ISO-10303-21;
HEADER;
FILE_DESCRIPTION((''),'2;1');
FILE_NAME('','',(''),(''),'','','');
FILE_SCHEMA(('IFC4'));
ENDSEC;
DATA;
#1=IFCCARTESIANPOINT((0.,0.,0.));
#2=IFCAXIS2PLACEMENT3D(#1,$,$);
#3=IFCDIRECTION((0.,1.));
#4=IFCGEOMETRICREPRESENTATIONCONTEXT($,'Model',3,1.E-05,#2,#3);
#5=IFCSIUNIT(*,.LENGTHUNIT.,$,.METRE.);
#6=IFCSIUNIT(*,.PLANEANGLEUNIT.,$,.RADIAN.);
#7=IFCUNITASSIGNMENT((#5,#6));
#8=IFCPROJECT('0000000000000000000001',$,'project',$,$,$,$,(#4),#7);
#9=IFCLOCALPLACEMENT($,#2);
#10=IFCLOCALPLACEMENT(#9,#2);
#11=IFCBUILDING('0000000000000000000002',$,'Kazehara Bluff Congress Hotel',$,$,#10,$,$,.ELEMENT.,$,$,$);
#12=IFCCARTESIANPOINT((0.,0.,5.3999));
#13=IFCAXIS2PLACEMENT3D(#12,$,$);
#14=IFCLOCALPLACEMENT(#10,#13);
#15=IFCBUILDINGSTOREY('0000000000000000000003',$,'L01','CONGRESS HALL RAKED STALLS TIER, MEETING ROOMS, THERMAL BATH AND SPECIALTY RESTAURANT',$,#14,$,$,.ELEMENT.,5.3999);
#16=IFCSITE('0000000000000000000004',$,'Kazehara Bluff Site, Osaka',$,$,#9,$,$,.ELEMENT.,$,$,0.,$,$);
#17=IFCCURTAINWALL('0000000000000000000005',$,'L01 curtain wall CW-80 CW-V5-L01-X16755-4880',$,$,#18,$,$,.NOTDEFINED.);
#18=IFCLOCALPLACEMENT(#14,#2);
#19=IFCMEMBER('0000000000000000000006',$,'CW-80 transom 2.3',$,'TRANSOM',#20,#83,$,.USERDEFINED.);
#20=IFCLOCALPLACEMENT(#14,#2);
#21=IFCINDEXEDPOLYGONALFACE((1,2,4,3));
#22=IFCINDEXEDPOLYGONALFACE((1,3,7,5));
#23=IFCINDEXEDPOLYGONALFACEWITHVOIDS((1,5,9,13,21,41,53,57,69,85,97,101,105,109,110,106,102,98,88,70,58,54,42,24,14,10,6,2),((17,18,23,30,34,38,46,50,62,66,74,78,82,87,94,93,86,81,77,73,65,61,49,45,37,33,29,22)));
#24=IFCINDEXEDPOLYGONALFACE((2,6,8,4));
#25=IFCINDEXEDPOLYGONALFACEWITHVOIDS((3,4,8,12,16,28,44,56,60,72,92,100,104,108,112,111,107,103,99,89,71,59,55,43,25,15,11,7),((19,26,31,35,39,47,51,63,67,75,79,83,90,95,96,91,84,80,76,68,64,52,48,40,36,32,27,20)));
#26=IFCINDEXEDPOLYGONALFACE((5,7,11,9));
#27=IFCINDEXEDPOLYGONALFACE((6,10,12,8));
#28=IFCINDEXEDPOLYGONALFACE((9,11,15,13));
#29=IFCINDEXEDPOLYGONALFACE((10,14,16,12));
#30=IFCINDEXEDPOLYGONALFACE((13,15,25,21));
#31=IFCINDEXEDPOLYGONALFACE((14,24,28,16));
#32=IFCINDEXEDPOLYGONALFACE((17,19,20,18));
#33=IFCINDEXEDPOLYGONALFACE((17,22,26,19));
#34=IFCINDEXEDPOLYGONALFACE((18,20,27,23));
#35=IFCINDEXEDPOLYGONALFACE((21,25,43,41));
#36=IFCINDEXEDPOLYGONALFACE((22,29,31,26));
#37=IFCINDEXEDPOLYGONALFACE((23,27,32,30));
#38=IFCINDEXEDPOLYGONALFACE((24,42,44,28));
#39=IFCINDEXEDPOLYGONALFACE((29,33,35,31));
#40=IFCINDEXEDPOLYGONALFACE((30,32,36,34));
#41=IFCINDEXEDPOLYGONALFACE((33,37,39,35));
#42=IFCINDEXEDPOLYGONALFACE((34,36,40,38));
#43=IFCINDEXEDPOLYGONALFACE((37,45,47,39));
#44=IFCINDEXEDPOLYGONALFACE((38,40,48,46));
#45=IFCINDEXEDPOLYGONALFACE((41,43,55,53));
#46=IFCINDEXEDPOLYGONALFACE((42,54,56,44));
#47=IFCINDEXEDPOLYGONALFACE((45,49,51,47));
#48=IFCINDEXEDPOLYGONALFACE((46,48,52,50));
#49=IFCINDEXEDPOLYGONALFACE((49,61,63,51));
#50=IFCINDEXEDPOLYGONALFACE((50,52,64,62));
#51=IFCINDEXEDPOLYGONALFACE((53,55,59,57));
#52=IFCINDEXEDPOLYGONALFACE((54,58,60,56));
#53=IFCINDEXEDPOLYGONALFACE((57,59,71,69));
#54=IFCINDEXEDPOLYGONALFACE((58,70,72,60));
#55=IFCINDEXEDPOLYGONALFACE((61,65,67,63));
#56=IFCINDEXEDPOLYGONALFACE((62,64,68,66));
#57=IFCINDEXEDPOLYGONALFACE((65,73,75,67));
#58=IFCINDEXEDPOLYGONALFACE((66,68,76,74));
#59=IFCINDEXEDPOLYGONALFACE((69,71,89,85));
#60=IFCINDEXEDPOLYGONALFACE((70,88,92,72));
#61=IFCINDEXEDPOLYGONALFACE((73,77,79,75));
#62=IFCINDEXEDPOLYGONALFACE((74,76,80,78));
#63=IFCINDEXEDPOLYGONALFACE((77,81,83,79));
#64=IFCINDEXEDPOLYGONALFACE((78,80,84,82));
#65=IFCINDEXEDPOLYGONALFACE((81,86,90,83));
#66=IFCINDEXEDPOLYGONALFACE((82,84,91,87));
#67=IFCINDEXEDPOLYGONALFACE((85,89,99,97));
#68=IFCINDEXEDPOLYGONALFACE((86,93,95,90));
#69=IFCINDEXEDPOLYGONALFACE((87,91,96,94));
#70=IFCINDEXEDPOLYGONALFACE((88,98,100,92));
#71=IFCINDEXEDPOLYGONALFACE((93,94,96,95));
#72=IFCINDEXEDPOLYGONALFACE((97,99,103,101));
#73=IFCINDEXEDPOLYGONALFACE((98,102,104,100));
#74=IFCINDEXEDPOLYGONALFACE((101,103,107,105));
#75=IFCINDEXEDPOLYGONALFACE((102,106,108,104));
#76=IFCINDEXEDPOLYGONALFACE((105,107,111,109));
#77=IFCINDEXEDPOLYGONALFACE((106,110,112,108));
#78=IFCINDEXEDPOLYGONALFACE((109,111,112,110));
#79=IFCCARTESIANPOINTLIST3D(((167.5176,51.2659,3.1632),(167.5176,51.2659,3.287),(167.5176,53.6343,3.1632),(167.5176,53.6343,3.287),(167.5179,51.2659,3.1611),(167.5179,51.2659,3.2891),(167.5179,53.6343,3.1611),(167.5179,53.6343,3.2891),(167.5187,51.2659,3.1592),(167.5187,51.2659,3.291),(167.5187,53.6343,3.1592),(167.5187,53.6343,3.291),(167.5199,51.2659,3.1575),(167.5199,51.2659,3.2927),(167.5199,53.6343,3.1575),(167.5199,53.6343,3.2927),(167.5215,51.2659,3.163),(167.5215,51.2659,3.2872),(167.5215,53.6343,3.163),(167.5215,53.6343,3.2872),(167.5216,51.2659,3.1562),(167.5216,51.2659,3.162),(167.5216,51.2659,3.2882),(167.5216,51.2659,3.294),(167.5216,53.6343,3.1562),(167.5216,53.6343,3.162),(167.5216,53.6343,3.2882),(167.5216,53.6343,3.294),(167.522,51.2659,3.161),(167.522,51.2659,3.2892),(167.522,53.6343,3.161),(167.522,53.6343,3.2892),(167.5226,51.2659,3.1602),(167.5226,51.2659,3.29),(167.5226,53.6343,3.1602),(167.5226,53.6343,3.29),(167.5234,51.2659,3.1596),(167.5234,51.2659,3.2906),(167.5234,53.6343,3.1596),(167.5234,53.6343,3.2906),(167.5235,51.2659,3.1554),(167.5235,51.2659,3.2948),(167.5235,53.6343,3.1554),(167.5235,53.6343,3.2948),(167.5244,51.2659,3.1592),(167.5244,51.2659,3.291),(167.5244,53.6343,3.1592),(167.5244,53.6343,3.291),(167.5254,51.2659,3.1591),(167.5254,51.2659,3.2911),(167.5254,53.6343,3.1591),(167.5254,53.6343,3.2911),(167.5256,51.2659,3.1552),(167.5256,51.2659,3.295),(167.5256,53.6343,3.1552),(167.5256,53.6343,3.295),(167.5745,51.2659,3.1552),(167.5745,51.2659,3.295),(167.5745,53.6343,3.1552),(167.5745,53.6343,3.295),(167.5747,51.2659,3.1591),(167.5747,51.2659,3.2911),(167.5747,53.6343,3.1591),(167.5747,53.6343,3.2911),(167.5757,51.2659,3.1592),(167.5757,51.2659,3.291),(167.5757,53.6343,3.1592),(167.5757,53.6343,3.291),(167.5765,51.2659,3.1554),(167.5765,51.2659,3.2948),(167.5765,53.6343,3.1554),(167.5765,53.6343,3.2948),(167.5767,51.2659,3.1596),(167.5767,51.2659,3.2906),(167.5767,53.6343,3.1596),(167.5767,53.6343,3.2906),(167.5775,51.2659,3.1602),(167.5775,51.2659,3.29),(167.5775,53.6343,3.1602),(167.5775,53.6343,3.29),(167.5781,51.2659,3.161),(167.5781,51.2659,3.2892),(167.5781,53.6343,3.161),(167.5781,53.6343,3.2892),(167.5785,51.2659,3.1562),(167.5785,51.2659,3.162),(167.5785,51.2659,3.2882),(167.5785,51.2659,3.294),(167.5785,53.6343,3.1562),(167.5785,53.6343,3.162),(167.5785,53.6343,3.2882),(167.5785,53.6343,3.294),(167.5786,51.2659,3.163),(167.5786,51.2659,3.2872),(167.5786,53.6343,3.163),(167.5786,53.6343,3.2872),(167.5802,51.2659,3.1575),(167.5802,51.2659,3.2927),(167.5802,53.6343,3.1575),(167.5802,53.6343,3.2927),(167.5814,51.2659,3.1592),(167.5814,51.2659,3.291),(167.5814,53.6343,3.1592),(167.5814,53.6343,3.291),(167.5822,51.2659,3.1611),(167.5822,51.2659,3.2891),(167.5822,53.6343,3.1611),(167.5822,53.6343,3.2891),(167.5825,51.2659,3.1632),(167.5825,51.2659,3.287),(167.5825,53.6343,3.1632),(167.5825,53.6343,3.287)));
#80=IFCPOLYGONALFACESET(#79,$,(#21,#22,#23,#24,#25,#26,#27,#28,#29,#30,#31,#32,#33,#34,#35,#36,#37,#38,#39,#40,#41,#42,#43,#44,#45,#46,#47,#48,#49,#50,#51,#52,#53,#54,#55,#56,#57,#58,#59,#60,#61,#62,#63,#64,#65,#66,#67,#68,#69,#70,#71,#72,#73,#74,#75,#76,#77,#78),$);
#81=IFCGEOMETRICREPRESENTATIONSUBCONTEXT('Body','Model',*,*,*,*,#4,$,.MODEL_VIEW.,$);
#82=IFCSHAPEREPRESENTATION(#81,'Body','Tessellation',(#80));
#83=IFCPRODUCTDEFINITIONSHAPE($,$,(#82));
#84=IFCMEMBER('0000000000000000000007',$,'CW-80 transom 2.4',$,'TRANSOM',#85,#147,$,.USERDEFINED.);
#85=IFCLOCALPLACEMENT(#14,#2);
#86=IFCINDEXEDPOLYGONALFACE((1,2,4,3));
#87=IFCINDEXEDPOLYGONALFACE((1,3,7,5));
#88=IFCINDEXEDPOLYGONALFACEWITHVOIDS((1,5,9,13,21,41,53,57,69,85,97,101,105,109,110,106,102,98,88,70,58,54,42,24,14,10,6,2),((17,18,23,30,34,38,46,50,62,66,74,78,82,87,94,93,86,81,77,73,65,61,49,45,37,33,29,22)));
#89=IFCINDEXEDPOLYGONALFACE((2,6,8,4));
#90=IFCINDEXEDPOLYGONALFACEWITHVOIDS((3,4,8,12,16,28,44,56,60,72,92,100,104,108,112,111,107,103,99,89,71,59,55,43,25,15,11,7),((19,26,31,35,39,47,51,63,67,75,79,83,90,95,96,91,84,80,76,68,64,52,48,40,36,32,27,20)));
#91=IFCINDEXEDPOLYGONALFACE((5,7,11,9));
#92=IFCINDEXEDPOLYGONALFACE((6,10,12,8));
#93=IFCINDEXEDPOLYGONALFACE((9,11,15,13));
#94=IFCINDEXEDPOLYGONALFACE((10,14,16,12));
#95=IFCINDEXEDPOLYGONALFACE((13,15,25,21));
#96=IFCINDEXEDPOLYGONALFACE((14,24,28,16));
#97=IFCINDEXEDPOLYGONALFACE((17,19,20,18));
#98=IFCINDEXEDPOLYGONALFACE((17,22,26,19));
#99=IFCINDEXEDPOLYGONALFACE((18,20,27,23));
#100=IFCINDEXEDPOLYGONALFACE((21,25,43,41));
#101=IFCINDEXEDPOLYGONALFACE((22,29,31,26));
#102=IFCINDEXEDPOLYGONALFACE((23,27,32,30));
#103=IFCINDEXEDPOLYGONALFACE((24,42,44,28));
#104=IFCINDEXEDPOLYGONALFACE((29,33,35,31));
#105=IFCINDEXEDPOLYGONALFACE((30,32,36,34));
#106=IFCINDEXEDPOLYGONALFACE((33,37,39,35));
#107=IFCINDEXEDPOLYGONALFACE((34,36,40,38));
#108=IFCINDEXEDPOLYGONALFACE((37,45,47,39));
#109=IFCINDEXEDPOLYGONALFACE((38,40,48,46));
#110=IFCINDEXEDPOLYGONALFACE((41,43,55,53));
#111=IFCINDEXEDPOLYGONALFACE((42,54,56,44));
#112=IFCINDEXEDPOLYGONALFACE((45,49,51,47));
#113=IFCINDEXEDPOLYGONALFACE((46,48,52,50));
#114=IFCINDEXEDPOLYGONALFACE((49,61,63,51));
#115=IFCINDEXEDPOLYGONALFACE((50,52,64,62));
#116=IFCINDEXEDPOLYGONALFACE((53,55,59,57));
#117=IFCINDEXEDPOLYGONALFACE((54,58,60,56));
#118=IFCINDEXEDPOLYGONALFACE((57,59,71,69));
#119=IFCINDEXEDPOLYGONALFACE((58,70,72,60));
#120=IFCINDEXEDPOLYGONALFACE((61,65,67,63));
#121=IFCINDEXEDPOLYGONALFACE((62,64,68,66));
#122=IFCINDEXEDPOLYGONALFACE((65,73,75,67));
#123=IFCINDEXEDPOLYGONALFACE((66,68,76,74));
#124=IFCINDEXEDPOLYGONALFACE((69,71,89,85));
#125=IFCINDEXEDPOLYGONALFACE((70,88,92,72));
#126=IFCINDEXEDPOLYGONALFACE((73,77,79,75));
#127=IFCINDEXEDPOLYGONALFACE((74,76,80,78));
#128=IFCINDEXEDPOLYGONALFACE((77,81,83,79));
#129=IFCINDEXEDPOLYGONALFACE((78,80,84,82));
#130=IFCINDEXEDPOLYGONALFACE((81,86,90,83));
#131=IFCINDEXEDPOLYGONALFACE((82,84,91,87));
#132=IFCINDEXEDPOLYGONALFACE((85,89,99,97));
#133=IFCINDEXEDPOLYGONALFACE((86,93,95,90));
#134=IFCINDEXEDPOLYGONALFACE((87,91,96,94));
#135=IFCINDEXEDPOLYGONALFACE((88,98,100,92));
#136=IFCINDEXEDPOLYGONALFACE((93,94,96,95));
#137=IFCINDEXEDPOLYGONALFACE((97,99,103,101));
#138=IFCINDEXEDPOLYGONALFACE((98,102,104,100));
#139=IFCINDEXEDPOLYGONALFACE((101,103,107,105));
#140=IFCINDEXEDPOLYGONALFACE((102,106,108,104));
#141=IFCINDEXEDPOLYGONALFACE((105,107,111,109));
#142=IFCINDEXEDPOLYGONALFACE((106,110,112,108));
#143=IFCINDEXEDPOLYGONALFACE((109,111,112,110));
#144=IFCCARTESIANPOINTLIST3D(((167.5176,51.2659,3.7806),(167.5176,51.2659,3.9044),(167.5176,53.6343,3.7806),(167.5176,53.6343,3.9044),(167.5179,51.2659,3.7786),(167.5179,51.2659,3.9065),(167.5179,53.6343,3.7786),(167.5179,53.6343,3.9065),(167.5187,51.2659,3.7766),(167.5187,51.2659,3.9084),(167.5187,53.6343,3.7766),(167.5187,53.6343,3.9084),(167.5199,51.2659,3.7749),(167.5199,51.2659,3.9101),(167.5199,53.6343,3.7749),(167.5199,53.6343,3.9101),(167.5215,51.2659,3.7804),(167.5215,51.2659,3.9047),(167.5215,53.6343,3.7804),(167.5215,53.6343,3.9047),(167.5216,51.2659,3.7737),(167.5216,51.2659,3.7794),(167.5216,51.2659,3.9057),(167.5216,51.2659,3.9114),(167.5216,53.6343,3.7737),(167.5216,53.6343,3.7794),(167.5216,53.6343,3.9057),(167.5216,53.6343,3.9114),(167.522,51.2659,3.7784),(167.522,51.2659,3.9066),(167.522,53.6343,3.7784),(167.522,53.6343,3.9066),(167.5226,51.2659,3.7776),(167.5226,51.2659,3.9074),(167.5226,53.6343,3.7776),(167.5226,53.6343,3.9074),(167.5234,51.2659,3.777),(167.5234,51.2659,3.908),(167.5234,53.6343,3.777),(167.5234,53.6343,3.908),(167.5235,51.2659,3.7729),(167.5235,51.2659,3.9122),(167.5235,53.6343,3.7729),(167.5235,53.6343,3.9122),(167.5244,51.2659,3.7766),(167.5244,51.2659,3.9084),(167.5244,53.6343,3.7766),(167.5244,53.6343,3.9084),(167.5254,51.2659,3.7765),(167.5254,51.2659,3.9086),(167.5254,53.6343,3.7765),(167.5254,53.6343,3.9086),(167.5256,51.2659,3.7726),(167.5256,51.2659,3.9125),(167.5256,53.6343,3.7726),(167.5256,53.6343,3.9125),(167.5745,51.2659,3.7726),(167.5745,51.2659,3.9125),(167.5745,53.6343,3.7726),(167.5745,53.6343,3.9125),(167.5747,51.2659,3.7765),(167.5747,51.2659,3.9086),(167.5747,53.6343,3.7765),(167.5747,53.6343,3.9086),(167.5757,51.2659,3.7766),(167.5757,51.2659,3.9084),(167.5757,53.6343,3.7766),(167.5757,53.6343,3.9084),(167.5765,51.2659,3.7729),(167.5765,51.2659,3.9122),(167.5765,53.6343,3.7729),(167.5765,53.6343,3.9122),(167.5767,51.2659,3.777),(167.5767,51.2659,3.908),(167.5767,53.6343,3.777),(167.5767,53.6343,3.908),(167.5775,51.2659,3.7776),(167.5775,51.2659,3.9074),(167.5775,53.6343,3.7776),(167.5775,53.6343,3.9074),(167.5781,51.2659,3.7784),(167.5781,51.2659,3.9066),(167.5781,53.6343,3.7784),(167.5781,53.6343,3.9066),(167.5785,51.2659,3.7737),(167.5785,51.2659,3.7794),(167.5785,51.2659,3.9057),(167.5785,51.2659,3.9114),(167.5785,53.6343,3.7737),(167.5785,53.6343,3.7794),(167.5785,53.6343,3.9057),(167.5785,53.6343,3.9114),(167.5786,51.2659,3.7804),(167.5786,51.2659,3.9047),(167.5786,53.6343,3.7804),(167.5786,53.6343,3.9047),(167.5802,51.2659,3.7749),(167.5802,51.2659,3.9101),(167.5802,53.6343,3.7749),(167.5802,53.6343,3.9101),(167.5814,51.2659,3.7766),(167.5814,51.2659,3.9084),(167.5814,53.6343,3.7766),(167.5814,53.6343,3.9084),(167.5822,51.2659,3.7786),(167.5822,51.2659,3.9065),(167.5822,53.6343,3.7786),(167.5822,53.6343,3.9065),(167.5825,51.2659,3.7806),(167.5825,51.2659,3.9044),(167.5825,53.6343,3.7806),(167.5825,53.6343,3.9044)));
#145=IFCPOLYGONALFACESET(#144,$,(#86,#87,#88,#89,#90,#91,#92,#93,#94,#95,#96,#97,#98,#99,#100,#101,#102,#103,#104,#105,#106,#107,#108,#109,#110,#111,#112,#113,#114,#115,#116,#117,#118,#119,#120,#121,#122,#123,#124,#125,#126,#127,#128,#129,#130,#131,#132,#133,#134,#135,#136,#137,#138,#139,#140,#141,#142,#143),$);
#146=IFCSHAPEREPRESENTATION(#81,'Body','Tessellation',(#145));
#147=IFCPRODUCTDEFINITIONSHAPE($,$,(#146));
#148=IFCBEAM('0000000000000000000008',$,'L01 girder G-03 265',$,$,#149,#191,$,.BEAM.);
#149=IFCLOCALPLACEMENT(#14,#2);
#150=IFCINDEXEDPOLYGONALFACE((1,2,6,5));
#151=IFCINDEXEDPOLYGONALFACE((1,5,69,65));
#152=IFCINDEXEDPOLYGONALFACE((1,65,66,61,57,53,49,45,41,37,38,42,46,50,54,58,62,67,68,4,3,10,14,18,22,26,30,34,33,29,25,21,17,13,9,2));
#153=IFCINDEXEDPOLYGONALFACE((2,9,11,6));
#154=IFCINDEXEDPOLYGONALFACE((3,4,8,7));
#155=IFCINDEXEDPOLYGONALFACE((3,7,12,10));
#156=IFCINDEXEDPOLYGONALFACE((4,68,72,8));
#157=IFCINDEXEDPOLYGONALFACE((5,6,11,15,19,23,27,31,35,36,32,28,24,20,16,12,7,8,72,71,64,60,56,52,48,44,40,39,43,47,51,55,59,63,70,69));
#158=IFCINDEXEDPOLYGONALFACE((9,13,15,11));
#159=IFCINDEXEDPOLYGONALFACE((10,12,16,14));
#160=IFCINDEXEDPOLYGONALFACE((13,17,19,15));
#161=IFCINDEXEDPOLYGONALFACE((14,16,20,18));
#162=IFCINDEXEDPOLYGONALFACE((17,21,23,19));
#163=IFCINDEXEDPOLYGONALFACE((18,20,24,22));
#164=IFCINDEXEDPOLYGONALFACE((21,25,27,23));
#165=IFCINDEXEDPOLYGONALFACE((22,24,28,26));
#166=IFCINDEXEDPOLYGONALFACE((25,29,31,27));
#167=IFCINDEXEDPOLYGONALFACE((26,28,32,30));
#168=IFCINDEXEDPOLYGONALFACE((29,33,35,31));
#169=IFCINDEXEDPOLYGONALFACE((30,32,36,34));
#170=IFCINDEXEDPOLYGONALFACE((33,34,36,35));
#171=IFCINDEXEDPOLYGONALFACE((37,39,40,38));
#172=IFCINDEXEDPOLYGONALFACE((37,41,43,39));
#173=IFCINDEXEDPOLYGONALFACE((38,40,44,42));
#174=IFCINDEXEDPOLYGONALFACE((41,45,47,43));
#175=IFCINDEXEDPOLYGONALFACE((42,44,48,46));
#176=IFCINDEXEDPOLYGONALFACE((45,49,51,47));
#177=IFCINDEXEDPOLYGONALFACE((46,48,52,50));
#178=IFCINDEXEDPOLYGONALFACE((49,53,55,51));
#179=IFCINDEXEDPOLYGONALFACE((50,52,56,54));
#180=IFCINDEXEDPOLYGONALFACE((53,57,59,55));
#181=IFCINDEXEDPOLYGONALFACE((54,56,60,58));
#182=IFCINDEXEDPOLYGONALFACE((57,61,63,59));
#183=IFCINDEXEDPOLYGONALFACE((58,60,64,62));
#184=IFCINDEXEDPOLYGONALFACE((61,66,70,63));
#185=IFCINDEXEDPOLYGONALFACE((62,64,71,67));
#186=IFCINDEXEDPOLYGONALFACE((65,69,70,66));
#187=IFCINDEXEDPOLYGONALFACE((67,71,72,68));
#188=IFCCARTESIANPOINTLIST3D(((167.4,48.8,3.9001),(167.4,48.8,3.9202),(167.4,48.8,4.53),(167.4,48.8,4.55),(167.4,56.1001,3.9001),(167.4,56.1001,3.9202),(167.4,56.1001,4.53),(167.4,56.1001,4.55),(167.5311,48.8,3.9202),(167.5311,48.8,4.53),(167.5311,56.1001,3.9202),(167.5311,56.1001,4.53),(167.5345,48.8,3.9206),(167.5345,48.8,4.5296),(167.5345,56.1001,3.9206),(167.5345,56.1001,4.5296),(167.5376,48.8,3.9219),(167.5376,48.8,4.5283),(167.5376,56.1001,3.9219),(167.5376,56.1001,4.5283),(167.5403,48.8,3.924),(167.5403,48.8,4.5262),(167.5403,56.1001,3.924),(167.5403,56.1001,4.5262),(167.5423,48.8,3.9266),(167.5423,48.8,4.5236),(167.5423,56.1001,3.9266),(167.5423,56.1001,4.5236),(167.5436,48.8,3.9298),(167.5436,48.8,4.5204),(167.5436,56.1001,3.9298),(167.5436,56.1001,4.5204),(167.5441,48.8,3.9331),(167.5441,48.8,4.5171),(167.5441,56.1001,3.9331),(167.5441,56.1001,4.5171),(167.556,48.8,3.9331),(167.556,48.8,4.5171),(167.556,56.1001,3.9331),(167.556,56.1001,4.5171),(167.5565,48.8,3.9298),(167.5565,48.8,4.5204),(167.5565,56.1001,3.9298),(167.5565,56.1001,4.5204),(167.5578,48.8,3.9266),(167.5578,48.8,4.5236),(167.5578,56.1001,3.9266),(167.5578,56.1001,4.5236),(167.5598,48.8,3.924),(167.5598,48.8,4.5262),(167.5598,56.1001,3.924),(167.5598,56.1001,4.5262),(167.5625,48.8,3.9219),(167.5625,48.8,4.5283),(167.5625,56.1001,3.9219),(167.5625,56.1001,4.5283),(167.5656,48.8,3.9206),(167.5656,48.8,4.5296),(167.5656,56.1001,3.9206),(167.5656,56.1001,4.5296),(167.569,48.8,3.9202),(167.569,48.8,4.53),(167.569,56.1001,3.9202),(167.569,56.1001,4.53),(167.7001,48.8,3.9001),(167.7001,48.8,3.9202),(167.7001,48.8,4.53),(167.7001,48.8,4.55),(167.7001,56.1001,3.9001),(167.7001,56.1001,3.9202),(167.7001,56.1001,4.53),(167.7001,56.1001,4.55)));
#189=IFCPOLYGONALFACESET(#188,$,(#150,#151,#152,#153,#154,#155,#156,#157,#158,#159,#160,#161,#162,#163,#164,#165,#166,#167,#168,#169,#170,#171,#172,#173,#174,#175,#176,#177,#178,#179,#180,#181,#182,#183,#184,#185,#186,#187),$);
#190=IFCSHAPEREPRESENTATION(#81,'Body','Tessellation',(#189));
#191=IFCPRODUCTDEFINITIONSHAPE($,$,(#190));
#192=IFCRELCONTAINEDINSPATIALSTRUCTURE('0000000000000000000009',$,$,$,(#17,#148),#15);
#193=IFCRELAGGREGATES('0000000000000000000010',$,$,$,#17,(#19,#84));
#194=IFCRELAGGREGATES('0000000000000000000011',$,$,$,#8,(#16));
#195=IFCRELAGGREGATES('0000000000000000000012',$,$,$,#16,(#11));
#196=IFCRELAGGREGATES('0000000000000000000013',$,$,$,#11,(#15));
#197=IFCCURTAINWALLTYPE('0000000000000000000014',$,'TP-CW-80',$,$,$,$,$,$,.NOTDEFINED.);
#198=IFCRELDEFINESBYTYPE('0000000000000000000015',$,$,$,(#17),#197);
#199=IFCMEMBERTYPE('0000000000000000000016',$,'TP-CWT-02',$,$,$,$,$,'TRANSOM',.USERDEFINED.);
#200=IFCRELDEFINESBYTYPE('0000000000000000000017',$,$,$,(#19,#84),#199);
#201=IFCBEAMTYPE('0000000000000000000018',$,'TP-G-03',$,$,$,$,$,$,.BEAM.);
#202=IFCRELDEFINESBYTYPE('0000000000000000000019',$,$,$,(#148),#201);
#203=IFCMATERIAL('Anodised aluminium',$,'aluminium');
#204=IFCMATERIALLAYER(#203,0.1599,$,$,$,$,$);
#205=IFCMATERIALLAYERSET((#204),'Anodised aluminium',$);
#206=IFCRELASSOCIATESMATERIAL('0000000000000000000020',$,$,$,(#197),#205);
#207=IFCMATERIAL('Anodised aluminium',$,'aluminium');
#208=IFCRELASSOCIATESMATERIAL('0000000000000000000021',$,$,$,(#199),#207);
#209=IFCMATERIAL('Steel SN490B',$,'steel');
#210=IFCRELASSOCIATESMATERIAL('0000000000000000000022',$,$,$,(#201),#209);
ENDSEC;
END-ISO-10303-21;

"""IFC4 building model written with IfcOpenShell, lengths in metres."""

from ifc_helpers import new_model, si_unit, direction, frame, origin, origin_2d, place, context, subcontext, project, spatial, hollow_rectangle, i_section, extrude, material, layer, layer_set, material_profile, profile_set, type_object, element, aggregate, save


model = new_model("IFC4")

# Units and contexts
model_context = context("Model", 3, precision=1e-05, world=origin(), true_north=direction((0.0, 1.0)))
body_context = subcontext(model_context, "Body", "Model", "MODEL_VIEW")
ifc_project = project(units=[si_unit("LENGTHUNIT", "METRE"), si_unit("PLANEANGLEUNIT", "RADIAN")], contexts=[model_context])

# Site, building, storey
site_placement = place(None, origin())
site = spatial("IfcSite", under=ifc_project, at=site_placement, Name="Kazehara Bluff Site, Osaka", CompositionType="ELEMENT", RefElevation=0.0)
building_placement = place(site_placement, origin())
building = spatial("IfcBuilding", under=site, at=building_placement, Name="Kazehara Bluff Congress Hotel", CompositionType="ELEMENT")
storey_placement = place(building_placement, frame((0.0, 0.0, 5.3999)))
storey = spatial("IfcBuildingStorey", under=building, at=storey_placement, Name="L01", Description="CONGRESS HALL RAKED STALLS TIER, MEETING ROOMS, THERMAL BATH AND SPECIALTY RESTAURANT", CompositionType="ELEMENT", Elevation=5.3999)

# Curtain wall
ifc_material_1 = material(Name="Anodised aluminium", Category="aluminium")
ifc_layer_1 = layer(ifc_material_1, 0.1599)
ifc_layer_set_1 = layer_set([ifc_layer_1], Name="Anodised aluminium")
curtain_wall_type_1 = type_object("IfcCurtainWallType", Name="TP-CW-80", PredefinedType="NOTDEFINED", material=ifc_layer_set_1)
curtain_wall_1_placement = place(storey_placement, origin())
curtain_wall_1 = element("IfcCurtainWall", 1, at=curtain_wall_1_placement, inside=storey, type_object=curtain_wall_type_1, Name="L01 curtain wall CW-80 CW-V5-L01-X16755-4880", PredefinedType="NOTDEFINED")

# Members
ifc_material_2 = material(Name="Anodised aluminium", Category="aluminium")
ifc_material_profile_1 = material_profile(ifc_material_2, hollow_rectangle(XDim=0.0649, YDim=0.1399, WallThickness=0.0039, InnerFilletRadius=0.0039, OuterFilletRadius=0.0081, at=origin_2d()))
ifc_profile_set_1 = profile_set([ifc_material_profile_1], Name="Anodised aluminium")
member_type_1 = type_object("IfcMemberType", Name="TP-CWT-02", ElementType="TRANSOM", PredefinedType="USERDEFINED", material=ifc_profile_set_1)
member_1_placement = place(storey_placement, frame((167.55, 51.2659, 3.2251), z_axis=(0.0, 1.0, 0.0), x_axis=(-1.0, 0.0, 0.0)))
member_1 = element("IfcMember", 2, at=member_1_placement, type_object=member_type_1, Name="CW-80 transom 2.3", ObjectType="TRANSOM", PredefinedType="USERDEFINED", context=body_context, shape_type="SweptSolid", body=[
    extrude(hollow_rectangle(XDim=0.0649, YDim=0.1399, WallThickness=0.0039, InnerFilletRadius=0.0039, OuterFilletRadius=0.0081, at=origin_2d()), origin(), (0.0, 0.0, 1.0), 2.3684),
])
member_2_placement = place(storey_placement, frame((167.55, 51.2659, 3.8425), z_axis=(0.0, 1.0, 0.0), x_axis=(-1.0, 0.0, 0.0)))
member_2 = element("IfcMember", 3, at=member_2_placement, type_object=member_type_1, Name="CW-80 transom 2.4", ObjectType="TRANSOM", PredefinedType="USERDEFINED", context=body_context, shape_type="SweptSolid", body=[
    extrude(hollow_rectangle(XDim=0.0649, YDim=0.1399, WallThickness=0.0039, InnerFilletRadius=0.0039, OuterFilletRadius=0.0081, at=origin_2d()), origin(), (0.0, 0.0, 1.0), 2.3684),
])

# Beam
ifc_material_3 = material(Name="Steel SN490B", Category="steel")
ifc_material_profile_2 = material_profile(ifc_material_3, i_section(OverallWidth=0.3, OverallDepth=0.6499, WebThickness=0.012, FlangeThickness=0.02, FilletRadius=0.0129, at=origin_2d()))
ifc_profile_set_2 = profile_set([ifc_material_profile_2], Name="Steel SN490B")
beam_type_1 = type_object("IfcBeamType", Name="TP-G-03", PredefinedType="BEAM", material=ifc_profile_set_2)
beam_1_placement = place(storey_placement, frame((167.55, 48.8, 4.2251), z_axis=(0.0, 1.0, 0.0), x_axis=(-1.0, 0.0, 0.0)))
element("IfcBeam", 4, at=beam_1_placement, inside=storey, type_object=beam_type_1, Name="L01 girder G-03 265", PredefinedType="BEAM", context=body_context, shape_type="SweptSolid", body=[
    extrude(i_section(OverallWidth=0.3, OverallDepth=0.6499, WebThickness=0.012, FlangeThickness=0.02, FilletRadius=0.0129, at=origin_2d()), origin(), (0.0, 0.0, 1.0), 7.3),
])

aggregate(curtain_wall_1, [member_1, member_2])

save(model, "model.ifc")
